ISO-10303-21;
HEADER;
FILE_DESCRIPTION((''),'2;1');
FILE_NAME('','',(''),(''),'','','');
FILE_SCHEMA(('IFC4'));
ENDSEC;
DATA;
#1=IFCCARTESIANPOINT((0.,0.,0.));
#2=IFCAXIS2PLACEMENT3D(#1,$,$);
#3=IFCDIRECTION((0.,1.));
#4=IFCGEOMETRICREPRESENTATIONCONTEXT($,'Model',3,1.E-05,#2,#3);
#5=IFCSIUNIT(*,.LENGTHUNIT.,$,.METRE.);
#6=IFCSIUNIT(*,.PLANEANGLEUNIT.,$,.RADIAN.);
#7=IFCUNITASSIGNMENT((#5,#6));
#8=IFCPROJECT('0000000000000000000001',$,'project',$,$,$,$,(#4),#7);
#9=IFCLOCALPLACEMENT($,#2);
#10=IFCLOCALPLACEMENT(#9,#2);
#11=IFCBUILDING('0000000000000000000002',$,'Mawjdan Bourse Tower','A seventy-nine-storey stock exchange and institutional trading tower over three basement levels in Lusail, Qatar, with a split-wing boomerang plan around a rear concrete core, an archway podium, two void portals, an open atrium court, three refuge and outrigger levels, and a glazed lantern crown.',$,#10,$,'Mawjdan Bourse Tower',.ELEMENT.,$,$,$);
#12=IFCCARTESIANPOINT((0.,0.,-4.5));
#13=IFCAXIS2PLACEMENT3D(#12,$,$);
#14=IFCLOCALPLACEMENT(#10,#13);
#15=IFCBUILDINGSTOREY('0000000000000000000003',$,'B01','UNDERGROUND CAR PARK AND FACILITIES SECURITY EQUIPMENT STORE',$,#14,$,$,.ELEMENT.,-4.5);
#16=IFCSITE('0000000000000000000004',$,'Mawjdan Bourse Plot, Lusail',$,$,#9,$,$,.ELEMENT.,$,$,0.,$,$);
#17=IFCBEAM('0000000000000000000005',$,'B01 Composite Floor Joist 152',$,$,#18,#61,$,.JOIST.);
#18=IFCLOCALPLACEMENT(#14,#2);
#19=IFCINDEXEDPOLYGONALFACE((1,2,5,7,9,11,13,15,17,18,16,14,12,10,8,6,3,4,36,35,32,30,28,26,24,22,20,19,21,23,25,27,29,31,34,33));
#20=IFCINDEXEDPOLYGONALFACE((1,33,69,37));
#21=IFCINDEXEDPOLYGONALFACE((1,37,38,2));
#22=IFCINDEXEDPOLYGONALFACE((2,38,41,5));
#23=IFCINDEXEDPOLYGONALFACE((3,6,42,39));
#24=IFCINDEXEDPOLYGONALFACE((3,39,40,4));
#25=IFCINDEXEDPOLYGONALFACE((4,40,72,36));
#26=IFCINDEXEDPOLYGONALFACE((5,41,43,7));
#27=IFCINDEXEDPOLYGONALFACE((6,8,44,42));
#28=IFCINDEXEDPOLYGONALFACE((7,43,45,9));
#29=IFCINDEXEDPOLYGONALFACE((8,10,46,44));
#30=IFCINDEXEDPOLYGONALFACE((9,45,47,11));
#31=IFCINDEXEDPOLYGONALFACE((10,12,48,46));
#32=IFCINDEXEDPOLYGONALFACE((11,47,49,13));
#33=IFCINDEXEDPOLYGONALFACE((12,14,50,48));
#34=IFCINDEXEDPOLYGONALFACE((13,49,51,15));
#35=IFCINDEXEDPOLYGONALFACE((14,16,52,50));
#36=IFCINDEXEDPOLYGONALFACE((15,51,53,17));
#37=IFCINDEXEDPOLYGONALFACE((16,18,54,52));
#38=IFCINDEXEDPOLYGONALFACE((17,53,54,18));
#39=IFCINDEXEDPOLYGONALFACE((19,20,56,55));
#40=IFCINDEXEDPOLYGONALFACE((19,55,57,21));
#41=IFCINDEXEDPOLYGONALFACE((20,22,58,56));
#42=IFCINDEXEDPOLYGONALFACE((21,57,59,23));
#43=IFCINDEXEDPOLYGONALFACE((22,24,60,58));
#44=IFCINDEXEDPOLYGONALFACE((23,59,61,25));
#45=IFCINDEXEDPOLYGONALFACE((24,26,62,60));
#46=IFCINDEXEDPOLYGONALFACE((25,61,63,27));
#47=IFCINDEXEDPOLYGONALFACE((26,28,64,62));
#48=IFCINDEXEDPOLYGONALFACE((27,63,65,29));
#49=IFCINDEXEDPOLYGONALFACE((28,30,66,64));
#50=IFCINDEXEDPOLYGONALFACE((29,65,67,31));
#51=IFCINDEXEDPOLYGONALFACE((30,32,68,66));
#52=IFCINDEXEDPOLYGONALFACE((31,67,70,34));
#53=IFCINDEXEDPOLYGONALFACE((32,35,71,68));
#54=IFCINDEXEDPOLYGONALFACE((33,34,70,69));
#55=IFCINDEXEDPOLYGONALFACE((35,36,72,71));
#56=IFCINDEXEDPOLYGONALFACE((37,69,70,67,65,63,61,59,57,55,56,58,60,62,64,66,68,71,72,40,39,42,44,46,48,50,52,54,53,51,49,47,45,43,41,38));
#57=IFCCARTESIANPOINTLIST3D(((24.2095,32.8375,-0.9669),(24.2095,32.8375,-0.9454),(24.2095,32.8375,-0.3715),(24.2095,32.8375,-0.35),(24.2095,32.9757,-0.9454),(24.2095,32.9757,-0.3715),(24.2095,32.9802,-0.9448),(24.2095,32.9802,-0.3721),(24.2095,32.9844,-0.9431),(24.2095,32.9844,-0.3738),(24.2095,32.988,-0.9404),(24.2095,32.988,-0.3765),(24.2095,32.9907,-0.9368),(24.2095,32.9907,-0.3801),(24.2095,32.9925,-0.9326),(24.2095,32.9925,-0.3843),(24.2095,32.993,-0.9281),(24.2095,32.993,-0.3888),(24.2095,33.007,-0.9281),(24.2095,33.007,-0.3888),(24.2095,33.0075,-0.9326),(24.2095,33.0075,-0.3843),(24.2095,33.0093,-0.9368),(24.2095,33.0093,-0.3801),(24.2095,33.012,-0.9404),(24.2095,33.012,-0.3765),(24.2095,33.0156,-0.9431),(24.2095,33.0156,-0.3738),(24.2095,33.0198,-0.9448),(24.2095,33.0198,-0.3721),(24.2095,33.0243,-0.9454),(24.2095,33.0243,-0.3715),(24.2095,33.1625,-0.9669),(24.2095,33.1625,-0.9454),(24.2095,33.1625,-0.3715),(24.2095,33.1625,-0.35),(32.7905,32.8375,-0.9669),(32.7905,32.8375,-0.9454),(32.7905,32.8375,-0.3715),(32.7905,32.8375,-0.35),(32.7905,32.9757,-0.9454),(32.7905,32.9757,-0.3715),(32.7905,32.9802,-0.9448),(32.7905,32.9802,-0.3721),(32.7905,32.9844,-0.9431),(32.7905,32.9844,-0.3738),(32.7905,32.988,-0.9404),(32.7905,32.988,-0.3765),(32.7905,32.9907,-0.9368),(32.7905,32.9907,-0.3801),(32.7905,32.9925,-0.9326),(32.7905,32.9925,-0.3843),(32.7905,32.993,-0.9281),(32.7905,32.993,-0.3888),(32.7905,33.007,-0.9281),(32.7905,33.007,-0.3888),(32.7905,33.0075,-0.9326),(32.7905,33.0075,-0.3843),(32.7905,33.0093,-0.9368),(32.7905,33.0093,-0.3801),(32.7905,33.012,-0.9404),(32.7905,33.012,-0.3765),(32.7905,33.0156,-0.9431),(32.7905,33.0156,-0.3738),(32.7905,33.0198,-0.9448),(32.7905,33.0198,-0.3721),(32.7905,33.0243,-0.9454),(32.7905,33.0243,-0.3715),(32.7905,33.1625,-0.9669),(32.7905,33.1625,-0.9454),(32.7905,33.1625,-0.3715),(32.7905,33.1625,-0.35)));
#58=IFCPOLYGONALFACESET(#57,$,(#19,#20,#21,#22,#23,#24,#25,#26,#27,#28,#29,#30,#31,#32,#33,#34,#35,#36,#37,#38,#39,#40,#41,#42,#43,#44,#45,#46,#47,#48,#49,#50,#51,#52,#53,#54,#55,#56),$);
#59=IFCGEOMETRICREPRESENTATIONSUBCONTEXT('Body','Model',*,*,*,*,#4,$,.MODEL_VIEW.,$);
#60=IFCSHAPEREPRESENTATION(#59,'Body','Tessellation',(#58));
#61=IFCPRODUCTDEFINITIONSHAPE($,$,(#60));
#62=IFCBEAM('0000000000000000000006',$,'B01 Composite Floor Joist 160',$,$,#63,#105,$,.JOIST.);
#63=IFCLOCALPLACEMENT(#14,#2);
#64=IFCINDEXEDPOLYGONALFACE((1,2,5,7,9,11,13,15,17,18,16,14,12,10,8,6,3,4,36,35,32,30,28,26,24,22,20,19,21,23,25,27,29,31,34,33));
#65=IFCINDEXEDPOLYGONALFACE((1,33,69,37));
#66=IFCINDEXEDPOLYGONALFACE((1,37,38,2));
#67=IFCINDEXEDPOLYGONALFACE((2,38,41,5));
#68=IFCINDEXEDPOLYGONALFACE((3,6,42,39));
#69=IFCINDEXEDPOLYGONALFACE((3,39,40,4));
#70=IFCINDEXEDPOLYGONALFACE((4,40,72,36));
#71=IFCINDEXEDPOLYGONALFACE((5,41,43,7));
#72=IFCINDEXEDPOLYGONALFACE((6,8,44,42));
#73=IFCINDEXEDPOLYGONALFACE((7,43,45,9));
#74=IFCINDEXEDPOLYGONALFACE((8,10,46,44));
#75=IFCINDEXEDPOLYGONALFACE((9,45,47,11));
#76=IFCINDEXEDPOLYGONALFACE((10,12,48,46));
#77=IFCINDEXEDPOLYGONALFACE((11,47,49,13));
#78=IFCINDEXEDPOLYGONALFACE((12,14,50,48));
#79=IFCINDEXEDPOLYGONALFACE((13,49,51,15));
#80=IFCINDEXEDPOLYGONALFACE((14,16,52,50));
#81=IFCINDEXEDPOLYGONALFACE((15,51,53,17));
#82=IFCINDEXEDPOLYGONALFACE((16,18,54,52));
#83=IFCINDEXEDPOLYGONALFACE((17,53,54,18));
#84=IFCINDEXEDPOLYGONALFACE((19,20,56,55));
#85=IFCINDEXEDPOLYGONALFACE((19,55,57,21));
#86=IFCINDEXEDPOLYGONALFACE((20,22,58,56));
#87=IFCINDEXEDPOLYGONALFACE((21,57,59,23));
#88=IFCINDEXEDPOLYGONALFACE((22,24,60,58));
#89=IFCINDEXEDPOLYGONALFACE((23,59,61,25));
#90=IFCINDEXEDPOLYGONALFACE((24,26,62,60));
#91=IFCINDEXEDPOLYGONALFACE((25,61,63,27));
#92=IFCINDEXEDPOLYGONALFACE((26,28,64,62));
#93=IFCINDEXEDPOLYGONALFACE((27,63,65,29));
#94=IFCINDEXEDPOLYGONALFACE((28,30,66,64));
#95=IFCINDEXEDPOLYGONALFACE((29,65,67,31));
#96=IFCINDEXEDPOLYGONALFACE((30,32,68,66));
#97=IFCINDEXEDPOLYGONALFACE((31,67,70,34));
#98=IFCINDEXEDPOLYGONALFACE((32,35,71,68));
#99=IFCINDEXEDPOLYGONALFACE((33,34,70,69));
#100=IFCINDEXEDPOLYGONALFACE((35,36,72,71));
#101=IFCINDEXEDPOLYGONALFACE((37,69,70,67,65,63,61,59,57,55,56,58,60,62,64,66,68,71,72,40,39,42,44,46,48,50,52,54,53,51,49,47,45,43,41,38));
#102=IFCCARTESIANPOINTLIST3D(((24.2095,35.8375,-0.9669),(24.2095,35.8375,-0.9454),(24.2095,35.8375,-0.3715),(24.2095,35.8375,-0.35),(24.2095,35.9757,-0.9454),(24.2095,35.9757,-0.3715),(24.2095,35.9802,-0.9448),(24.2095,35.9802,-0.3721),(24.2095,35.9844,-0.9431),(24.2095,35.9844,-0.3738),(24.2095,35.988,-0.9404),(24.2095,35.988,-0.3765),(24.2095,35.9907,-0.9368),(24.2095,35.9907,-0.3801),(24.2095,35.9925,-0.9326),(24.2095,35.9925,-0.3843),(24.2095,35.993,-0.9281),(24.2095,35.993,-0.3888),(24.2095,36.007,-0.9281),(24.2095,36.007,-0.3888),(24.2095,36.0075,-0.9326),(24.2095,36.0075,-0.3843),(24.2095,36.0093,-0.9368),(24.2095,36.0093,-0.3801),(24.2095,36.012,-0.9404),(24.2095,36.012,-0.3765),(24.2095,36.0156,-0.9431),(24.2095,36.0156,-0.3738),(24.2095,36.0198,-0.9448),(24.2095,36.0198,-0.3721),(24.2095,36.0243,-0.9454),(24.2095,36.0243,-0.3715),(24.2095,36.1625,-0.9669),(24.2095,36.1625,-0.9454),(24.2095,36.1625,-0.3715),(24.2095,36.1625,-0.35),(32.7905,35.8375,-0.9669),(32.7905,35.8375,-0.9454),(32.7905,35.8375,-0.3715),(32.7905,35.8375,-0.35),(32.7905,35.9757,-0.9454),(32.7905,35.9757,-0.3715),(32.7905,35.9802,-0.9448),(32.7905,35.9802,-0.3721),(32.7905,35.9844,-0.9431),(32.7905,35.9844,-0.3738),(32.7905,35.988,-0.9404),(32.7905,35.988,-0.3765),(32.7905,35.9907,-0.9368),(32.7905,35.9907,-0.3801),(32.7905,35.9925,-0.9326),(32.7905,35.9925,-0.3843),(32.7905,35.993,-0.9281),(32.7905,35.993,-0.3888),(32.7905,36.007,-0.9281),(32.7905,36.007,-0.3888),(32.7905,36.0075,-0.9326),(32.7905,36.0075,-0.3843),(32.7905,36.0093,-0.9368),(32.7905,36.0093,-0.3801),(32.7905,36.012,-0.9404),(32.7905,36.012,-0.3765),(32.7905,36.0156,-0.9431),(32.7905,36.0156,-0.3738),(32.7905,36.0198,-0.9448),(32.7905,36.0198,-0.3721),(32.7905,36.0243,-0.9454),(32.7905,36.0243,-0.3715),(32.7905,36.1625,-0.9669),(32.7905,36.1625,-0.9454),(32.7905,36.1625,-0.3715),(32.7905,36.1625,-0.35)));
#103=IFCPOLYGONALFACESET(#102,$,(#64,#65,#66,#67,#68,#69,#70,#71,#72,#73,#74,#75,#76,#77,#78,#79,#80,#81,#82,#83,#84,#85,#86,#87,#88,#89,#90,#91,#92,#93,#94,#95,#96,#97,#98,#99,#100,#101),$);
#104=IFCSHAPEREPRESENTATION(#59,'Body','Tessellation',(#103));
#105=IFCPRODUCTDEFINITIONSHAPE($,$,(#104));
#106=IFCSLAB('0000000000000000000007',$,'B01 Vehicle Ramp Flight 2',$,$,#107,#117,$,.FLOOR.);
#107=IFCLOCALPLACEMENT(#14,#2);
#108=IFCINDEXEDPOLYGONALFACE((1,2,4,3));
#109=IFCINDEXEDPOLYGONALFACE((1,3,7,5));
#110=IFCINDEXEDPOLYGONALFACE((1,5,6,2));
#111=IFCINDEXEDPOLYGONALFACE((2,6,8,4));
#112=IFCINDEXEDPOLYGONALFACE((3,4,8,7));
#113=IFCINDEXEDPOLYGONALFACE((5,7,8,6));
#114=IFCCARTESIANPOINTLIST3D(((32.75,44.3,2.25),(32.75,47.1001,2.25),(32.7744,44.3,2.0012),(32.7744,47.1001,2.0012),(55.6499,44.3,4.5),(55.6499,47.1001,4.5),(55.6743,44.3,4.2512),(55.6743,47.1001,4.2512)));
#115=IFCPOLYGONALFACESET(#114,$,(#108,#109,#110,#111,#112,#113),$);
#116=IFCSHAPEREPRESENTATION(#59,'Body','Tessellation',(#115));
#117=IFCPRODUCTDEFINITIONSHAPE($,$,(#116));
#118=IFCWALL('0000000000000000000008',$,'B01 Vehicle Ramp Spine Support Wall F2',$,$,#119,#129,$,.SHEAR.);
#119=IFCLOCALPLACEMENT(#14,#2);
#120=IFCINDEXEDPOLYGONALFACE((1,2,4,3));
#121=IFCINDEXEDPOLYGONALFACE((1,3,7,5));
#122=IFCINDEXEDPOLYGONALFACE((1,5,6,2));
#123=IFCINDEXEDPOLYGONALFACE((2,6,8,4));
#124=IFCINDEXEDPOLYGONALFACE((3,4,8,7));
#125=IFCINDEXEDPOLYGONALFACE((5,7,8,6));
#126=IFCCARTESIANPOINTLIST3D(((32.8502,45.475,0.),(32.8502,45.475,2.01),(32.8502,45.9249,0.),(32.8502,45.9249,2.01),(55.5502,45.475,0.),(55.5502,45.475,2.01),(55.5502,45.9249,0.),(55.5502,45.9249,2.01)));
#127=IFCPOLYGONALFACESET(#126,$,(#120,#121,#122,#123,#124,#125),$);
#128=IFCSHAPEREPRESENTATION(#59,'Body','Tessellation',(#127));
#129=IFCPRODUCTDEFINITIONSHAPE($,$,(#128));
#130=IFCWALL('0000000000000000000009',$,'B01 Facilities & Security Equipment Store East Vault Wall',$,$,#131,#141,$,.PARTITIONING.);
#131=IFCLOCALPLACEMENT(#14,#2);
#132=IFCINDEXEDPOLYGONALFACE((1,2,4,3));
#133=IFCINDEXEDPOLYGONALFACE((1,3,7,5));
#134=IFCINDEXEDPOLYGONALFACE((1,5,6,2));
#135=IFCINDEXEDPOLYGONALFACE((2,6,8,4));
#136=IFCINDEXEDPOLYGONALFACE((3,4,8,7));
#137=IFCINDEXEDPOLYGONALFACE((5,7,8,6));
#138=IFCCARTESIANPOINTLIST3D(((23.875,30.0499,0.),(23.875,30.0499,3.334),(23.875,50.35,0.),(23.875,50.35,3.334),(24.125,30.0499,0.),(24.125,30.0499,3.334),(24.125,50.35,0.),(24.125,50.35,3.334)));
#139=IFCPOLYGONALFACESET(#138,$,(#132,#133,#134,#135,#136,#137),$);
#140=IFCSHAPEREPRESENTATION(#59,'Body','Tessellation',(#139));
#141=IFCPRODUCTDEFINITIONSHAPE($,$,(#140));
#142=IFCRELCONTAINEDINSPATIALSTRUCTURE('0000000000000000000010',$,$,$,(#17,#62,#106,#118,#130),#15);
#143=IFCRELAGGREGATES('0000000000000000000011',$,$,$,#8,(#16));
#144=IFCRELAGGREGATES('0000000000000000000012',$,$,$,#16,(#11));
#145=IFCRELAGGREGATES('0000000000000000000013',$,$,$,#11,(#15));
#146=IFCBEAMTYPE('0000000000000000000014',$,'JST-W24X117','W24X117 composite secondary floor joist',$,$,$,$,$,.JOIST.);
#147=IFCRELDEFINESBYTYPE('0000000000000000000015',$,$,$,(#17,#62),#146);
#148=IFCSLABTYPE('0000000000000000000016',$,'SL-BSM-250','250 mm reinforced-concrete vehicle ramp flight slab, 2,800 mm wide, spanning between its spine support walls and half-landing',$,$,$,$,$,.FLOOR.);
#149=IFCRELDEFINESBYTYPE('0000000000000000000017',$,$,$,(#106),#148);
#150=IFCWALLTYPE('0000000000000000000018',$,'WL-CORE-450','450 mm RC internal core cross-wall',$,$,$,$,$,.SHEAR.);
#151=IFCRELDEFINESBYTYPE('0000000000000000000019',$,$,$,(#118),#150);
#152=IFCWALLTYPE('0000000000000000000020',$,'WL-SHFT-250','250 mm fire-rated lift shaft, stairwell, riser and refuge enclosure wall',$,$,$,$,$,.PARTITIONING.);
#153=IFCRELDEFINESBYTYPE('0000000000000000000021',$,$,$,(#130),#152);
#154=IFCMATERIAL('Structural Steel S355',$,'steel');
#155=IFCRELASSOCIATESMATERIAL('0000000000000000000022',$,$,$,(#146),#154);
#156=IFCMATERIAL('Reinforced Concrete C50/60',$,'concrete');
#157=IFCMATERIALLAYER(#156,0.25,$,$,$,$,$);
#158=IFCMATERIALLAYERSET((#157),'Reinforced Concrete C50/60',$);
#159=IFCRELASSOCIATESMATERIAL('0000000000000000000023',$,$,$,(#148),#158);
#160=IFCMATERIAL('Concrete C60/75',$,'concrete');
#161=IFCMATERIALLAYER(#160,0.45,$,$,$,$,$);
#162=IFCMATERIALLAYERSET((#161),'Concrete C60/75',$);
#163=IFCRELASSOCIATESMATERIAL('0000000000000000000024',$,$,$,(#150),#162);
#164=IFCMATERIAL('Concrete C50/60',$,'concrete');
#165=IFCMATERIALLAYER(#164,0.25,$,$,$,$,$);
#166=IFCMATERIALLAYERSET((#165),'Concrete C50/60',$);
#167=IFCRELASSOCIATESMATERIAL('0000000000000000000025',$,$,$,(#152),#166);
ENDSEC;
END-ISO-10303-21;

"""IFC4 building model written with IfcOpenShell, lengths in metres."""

from ifc_helpers import new_model, si_unit, direction, frame, frame_2d, origin, origin_2d, place, context, subcontext, project, spatial, polyline, rectangle, i_section, outline, extrude, material, layer, layer_set, material_profile, profile_set, type_object, element, save


model = new_model("IFC4")

# Units and contexts
model_context = context("Model", 3, precision=1e-05, world=origin(), true_north=direction((0.0, 1.0)))
body_context = subcontext(model_context, "Body", "Model", "MODEL_VIEW")
ifc_project = project(units=[si_unit("LENGTHUNIT", "METRE"), si_unit("PLANEANGLEUNIT", "RADIAN")], contexts=[model_context])

# Site, building, storey
site_placement = place(None, origin())
site = spatial("IfcSite", under=ifc_project, at=site_placement, Name="Mawjdan Bourse Plot, Lusail", CompositionType="ELEMENT", RefElevation=0.0)
building_placement = place(site_placement, origin())
building = spatial("IfcBuilding", under=site, at=building_placement, Name="Mawjdan Bourse Tower", Description="A seventy-nine-storey stock exchange and institutional trading tower over three basement levels in Lusail, Qatar, with a split-wing boomerang plan around a rear concrete core, an archway podium, two void portals, an open atrium court, three refuge and outrigger levels, and a glazed lantern crown.", LongName="Mawjdan Bourse Tower", CompositionType="ELEMENT")
storey_placement = place(building_placement, frame((0.0, 0.0, -4.5)))
storey = spatial("IfcBuildingStorey", under=building, at=storey_placement, Name="B01", Description="UNDERGROUND CAR PARK AND FACILITIES SECURITY EQUIPMENT STORE", CompositionType="ELEMENT", Elevation=-4.5)

# Shared definitions
ifc_material_1 = material(Name="Concrete C60/75", Category="concrete")

# Beams
ifc_material_2 = material(Name="Structural Steel S355", Category="steel")
ifc_material_profile_1 = material_profile(ifc_material_2, i_section(OverallWidth=0.325, OverallDepth=0.6169, WebThickness=0.0139, FlangeThickness=0.0215, FilletRadius=0.0173, at=origin_2d()), Name="W24X117")
ifc_profile_set_1 = profile_set([ifc_material_profile_1], Name="Structural Steel S355")
beam_type_1 = type_object("IfcBeamType", Name="JST-W24X117", Description="W24X117 composite secondary floor joist", PredefinedType="JOIST", material=ifc_profile_set_1)
for number, where, z_axis, x_axis, name in (
    (1, (24.2095, 33.0, -0.6584), (1.0, 0.0, 0.0), (0.0, 1.0, 0.0), "B01 Composite Floor Joist 152"),
    (2, (24.2095, 36.0, -0.6584), (1.0, 0.0, 0.0), (0.0, 1.0, 0.0), "B01 Composite Floor Joist 160"),
):
    element("IfcBeam", number, at=place(storey_placement, frame(where, z_axis=z_axis, x_axis=x_axis)), inside=storey, type_object=beam_type_1, Name=name, PredefinedType="JOIST", context=body_context, shape_type="SweptSolid", body=[
        extrude(i_section(OverallWidth=0.325, OverallDepth=0.6169, WebThickness=0.0139, FlangeThickness=0.0215, FilletRadius=0.0173, at=origin_2d()), origin(), (0.0, 0.0, 1.0), 8.5811),
    ])

# Slab
ifc_material_3 = material(Name="Reinforced Concrete C50/60", Category="concrete")
ifc_layer_1 = layer(ifc_material_3, 0.25)
ifc_layer_set_1 = layer_set([ifc_layer_1], Name="Reinforced Concrete C50/60")
slab_type = type_object("IfcSlabType", Name="SL-BSM-250", Description="250 mm reinforced-concrete vehicle ramp flight slab, 2,800 mm wide, spanning between its spine support walls and half-landing", PredefinedType="FLOOR", material=ifc_layer_set_1)
slab_placement = place(storey_placement, frame((32.75, 44.3, 2.25), z_axis=(-0.097783, 0.0, 0.995208), x_axis=(0.995208, 0.0, 0.097783)))
element("IfcSlab", 3, at=slab_placement, inside=storey, type_object=slab_type, Name="B01 Vehicle Ramp Flight 2", PredefinedType="FLOOR", context=body_context, shape_type="SweptSolid", body=[
    extrude(outline(polyline([(0.0, 0.0), (23.0102, 0.0), (23.0102, 2.8), (0.0, 2.8), (0.0, 0.0)])), origin(), (0.0, 0.0, -1.0), 0.25),
])

# Walls
ifc_layer_2 = layer(ifc_material_1, 0.45)
ifc_layer_set_2 = layer_set([ifc_layer_2], Name="Concrete C60/75")
wall_type_1 = type_object("IfcWallType", Name="WL-CORE-450", Description="450 mm RC internal core cross-wall", PredefinedType="SHEAR", material=ifc_layer_set_2)
wall_1_placement = place(storey_placement, frame((32.8501, 45.7, 0.0), z_axis=(0.0, 0.0, 1.0), x_axis=(1.0, 0.0, 0.0)))
element("IfcWall", 4, at=wall_1_placement, inside=storey, type_object=wall_type_1, Name="B01 Vehicle Ramp Spine Support Wall F2", PredefinedType="SHEAR", context=body_context, shape_type="SweptSolid", body=[
    extrude(rectangle(XDim=22.7, YDim=0.45, at=frame_2d((11.3501, 0.0))), origin(), (0.0, 0.0, 1.0), 2.01),
])
ifc_material_4 = material(Name="Concrete C50/60", Category="concrete")
ifc_layer_3 = layer(ifc_material_4, 0.25)
ifc_layer_set_3 = layer_set([ifc_layer_3], Name="Concrete C50/60")
wall_type_2 = type_object("IfcWallType", Name="WL-SHFT-250", Description="250 mm fire-rated lift shaft, stairwell, riser and refuge enclosure wall", PredefinedType="PARTITIONING", material=ifc_layer_set_3)
wall_2_placement = place(storey_placement, frame((24.0, 30.05, 0.0), z_axis=(0.0, 0.0, 1.0), x_axis=(0.0, 1.0, 0.0)))
element("IfcWall", 5, at=wall_2_placement, inside=storey, type_object=wall_type_2, Name="B01 Facilities & Security Equipment Store East Vault Wall", PredefinedType="PARTITIONING", context=body_context, shape_type="SweptSolid", body=[
    extrude(rectangle(XDim=20.3, YDim=0.25, at=frame_2d((10.1499, 0.0))), origin(), (0.0, 0.0, 1.0), 3.334),
])

save(model, "model.ifc")
